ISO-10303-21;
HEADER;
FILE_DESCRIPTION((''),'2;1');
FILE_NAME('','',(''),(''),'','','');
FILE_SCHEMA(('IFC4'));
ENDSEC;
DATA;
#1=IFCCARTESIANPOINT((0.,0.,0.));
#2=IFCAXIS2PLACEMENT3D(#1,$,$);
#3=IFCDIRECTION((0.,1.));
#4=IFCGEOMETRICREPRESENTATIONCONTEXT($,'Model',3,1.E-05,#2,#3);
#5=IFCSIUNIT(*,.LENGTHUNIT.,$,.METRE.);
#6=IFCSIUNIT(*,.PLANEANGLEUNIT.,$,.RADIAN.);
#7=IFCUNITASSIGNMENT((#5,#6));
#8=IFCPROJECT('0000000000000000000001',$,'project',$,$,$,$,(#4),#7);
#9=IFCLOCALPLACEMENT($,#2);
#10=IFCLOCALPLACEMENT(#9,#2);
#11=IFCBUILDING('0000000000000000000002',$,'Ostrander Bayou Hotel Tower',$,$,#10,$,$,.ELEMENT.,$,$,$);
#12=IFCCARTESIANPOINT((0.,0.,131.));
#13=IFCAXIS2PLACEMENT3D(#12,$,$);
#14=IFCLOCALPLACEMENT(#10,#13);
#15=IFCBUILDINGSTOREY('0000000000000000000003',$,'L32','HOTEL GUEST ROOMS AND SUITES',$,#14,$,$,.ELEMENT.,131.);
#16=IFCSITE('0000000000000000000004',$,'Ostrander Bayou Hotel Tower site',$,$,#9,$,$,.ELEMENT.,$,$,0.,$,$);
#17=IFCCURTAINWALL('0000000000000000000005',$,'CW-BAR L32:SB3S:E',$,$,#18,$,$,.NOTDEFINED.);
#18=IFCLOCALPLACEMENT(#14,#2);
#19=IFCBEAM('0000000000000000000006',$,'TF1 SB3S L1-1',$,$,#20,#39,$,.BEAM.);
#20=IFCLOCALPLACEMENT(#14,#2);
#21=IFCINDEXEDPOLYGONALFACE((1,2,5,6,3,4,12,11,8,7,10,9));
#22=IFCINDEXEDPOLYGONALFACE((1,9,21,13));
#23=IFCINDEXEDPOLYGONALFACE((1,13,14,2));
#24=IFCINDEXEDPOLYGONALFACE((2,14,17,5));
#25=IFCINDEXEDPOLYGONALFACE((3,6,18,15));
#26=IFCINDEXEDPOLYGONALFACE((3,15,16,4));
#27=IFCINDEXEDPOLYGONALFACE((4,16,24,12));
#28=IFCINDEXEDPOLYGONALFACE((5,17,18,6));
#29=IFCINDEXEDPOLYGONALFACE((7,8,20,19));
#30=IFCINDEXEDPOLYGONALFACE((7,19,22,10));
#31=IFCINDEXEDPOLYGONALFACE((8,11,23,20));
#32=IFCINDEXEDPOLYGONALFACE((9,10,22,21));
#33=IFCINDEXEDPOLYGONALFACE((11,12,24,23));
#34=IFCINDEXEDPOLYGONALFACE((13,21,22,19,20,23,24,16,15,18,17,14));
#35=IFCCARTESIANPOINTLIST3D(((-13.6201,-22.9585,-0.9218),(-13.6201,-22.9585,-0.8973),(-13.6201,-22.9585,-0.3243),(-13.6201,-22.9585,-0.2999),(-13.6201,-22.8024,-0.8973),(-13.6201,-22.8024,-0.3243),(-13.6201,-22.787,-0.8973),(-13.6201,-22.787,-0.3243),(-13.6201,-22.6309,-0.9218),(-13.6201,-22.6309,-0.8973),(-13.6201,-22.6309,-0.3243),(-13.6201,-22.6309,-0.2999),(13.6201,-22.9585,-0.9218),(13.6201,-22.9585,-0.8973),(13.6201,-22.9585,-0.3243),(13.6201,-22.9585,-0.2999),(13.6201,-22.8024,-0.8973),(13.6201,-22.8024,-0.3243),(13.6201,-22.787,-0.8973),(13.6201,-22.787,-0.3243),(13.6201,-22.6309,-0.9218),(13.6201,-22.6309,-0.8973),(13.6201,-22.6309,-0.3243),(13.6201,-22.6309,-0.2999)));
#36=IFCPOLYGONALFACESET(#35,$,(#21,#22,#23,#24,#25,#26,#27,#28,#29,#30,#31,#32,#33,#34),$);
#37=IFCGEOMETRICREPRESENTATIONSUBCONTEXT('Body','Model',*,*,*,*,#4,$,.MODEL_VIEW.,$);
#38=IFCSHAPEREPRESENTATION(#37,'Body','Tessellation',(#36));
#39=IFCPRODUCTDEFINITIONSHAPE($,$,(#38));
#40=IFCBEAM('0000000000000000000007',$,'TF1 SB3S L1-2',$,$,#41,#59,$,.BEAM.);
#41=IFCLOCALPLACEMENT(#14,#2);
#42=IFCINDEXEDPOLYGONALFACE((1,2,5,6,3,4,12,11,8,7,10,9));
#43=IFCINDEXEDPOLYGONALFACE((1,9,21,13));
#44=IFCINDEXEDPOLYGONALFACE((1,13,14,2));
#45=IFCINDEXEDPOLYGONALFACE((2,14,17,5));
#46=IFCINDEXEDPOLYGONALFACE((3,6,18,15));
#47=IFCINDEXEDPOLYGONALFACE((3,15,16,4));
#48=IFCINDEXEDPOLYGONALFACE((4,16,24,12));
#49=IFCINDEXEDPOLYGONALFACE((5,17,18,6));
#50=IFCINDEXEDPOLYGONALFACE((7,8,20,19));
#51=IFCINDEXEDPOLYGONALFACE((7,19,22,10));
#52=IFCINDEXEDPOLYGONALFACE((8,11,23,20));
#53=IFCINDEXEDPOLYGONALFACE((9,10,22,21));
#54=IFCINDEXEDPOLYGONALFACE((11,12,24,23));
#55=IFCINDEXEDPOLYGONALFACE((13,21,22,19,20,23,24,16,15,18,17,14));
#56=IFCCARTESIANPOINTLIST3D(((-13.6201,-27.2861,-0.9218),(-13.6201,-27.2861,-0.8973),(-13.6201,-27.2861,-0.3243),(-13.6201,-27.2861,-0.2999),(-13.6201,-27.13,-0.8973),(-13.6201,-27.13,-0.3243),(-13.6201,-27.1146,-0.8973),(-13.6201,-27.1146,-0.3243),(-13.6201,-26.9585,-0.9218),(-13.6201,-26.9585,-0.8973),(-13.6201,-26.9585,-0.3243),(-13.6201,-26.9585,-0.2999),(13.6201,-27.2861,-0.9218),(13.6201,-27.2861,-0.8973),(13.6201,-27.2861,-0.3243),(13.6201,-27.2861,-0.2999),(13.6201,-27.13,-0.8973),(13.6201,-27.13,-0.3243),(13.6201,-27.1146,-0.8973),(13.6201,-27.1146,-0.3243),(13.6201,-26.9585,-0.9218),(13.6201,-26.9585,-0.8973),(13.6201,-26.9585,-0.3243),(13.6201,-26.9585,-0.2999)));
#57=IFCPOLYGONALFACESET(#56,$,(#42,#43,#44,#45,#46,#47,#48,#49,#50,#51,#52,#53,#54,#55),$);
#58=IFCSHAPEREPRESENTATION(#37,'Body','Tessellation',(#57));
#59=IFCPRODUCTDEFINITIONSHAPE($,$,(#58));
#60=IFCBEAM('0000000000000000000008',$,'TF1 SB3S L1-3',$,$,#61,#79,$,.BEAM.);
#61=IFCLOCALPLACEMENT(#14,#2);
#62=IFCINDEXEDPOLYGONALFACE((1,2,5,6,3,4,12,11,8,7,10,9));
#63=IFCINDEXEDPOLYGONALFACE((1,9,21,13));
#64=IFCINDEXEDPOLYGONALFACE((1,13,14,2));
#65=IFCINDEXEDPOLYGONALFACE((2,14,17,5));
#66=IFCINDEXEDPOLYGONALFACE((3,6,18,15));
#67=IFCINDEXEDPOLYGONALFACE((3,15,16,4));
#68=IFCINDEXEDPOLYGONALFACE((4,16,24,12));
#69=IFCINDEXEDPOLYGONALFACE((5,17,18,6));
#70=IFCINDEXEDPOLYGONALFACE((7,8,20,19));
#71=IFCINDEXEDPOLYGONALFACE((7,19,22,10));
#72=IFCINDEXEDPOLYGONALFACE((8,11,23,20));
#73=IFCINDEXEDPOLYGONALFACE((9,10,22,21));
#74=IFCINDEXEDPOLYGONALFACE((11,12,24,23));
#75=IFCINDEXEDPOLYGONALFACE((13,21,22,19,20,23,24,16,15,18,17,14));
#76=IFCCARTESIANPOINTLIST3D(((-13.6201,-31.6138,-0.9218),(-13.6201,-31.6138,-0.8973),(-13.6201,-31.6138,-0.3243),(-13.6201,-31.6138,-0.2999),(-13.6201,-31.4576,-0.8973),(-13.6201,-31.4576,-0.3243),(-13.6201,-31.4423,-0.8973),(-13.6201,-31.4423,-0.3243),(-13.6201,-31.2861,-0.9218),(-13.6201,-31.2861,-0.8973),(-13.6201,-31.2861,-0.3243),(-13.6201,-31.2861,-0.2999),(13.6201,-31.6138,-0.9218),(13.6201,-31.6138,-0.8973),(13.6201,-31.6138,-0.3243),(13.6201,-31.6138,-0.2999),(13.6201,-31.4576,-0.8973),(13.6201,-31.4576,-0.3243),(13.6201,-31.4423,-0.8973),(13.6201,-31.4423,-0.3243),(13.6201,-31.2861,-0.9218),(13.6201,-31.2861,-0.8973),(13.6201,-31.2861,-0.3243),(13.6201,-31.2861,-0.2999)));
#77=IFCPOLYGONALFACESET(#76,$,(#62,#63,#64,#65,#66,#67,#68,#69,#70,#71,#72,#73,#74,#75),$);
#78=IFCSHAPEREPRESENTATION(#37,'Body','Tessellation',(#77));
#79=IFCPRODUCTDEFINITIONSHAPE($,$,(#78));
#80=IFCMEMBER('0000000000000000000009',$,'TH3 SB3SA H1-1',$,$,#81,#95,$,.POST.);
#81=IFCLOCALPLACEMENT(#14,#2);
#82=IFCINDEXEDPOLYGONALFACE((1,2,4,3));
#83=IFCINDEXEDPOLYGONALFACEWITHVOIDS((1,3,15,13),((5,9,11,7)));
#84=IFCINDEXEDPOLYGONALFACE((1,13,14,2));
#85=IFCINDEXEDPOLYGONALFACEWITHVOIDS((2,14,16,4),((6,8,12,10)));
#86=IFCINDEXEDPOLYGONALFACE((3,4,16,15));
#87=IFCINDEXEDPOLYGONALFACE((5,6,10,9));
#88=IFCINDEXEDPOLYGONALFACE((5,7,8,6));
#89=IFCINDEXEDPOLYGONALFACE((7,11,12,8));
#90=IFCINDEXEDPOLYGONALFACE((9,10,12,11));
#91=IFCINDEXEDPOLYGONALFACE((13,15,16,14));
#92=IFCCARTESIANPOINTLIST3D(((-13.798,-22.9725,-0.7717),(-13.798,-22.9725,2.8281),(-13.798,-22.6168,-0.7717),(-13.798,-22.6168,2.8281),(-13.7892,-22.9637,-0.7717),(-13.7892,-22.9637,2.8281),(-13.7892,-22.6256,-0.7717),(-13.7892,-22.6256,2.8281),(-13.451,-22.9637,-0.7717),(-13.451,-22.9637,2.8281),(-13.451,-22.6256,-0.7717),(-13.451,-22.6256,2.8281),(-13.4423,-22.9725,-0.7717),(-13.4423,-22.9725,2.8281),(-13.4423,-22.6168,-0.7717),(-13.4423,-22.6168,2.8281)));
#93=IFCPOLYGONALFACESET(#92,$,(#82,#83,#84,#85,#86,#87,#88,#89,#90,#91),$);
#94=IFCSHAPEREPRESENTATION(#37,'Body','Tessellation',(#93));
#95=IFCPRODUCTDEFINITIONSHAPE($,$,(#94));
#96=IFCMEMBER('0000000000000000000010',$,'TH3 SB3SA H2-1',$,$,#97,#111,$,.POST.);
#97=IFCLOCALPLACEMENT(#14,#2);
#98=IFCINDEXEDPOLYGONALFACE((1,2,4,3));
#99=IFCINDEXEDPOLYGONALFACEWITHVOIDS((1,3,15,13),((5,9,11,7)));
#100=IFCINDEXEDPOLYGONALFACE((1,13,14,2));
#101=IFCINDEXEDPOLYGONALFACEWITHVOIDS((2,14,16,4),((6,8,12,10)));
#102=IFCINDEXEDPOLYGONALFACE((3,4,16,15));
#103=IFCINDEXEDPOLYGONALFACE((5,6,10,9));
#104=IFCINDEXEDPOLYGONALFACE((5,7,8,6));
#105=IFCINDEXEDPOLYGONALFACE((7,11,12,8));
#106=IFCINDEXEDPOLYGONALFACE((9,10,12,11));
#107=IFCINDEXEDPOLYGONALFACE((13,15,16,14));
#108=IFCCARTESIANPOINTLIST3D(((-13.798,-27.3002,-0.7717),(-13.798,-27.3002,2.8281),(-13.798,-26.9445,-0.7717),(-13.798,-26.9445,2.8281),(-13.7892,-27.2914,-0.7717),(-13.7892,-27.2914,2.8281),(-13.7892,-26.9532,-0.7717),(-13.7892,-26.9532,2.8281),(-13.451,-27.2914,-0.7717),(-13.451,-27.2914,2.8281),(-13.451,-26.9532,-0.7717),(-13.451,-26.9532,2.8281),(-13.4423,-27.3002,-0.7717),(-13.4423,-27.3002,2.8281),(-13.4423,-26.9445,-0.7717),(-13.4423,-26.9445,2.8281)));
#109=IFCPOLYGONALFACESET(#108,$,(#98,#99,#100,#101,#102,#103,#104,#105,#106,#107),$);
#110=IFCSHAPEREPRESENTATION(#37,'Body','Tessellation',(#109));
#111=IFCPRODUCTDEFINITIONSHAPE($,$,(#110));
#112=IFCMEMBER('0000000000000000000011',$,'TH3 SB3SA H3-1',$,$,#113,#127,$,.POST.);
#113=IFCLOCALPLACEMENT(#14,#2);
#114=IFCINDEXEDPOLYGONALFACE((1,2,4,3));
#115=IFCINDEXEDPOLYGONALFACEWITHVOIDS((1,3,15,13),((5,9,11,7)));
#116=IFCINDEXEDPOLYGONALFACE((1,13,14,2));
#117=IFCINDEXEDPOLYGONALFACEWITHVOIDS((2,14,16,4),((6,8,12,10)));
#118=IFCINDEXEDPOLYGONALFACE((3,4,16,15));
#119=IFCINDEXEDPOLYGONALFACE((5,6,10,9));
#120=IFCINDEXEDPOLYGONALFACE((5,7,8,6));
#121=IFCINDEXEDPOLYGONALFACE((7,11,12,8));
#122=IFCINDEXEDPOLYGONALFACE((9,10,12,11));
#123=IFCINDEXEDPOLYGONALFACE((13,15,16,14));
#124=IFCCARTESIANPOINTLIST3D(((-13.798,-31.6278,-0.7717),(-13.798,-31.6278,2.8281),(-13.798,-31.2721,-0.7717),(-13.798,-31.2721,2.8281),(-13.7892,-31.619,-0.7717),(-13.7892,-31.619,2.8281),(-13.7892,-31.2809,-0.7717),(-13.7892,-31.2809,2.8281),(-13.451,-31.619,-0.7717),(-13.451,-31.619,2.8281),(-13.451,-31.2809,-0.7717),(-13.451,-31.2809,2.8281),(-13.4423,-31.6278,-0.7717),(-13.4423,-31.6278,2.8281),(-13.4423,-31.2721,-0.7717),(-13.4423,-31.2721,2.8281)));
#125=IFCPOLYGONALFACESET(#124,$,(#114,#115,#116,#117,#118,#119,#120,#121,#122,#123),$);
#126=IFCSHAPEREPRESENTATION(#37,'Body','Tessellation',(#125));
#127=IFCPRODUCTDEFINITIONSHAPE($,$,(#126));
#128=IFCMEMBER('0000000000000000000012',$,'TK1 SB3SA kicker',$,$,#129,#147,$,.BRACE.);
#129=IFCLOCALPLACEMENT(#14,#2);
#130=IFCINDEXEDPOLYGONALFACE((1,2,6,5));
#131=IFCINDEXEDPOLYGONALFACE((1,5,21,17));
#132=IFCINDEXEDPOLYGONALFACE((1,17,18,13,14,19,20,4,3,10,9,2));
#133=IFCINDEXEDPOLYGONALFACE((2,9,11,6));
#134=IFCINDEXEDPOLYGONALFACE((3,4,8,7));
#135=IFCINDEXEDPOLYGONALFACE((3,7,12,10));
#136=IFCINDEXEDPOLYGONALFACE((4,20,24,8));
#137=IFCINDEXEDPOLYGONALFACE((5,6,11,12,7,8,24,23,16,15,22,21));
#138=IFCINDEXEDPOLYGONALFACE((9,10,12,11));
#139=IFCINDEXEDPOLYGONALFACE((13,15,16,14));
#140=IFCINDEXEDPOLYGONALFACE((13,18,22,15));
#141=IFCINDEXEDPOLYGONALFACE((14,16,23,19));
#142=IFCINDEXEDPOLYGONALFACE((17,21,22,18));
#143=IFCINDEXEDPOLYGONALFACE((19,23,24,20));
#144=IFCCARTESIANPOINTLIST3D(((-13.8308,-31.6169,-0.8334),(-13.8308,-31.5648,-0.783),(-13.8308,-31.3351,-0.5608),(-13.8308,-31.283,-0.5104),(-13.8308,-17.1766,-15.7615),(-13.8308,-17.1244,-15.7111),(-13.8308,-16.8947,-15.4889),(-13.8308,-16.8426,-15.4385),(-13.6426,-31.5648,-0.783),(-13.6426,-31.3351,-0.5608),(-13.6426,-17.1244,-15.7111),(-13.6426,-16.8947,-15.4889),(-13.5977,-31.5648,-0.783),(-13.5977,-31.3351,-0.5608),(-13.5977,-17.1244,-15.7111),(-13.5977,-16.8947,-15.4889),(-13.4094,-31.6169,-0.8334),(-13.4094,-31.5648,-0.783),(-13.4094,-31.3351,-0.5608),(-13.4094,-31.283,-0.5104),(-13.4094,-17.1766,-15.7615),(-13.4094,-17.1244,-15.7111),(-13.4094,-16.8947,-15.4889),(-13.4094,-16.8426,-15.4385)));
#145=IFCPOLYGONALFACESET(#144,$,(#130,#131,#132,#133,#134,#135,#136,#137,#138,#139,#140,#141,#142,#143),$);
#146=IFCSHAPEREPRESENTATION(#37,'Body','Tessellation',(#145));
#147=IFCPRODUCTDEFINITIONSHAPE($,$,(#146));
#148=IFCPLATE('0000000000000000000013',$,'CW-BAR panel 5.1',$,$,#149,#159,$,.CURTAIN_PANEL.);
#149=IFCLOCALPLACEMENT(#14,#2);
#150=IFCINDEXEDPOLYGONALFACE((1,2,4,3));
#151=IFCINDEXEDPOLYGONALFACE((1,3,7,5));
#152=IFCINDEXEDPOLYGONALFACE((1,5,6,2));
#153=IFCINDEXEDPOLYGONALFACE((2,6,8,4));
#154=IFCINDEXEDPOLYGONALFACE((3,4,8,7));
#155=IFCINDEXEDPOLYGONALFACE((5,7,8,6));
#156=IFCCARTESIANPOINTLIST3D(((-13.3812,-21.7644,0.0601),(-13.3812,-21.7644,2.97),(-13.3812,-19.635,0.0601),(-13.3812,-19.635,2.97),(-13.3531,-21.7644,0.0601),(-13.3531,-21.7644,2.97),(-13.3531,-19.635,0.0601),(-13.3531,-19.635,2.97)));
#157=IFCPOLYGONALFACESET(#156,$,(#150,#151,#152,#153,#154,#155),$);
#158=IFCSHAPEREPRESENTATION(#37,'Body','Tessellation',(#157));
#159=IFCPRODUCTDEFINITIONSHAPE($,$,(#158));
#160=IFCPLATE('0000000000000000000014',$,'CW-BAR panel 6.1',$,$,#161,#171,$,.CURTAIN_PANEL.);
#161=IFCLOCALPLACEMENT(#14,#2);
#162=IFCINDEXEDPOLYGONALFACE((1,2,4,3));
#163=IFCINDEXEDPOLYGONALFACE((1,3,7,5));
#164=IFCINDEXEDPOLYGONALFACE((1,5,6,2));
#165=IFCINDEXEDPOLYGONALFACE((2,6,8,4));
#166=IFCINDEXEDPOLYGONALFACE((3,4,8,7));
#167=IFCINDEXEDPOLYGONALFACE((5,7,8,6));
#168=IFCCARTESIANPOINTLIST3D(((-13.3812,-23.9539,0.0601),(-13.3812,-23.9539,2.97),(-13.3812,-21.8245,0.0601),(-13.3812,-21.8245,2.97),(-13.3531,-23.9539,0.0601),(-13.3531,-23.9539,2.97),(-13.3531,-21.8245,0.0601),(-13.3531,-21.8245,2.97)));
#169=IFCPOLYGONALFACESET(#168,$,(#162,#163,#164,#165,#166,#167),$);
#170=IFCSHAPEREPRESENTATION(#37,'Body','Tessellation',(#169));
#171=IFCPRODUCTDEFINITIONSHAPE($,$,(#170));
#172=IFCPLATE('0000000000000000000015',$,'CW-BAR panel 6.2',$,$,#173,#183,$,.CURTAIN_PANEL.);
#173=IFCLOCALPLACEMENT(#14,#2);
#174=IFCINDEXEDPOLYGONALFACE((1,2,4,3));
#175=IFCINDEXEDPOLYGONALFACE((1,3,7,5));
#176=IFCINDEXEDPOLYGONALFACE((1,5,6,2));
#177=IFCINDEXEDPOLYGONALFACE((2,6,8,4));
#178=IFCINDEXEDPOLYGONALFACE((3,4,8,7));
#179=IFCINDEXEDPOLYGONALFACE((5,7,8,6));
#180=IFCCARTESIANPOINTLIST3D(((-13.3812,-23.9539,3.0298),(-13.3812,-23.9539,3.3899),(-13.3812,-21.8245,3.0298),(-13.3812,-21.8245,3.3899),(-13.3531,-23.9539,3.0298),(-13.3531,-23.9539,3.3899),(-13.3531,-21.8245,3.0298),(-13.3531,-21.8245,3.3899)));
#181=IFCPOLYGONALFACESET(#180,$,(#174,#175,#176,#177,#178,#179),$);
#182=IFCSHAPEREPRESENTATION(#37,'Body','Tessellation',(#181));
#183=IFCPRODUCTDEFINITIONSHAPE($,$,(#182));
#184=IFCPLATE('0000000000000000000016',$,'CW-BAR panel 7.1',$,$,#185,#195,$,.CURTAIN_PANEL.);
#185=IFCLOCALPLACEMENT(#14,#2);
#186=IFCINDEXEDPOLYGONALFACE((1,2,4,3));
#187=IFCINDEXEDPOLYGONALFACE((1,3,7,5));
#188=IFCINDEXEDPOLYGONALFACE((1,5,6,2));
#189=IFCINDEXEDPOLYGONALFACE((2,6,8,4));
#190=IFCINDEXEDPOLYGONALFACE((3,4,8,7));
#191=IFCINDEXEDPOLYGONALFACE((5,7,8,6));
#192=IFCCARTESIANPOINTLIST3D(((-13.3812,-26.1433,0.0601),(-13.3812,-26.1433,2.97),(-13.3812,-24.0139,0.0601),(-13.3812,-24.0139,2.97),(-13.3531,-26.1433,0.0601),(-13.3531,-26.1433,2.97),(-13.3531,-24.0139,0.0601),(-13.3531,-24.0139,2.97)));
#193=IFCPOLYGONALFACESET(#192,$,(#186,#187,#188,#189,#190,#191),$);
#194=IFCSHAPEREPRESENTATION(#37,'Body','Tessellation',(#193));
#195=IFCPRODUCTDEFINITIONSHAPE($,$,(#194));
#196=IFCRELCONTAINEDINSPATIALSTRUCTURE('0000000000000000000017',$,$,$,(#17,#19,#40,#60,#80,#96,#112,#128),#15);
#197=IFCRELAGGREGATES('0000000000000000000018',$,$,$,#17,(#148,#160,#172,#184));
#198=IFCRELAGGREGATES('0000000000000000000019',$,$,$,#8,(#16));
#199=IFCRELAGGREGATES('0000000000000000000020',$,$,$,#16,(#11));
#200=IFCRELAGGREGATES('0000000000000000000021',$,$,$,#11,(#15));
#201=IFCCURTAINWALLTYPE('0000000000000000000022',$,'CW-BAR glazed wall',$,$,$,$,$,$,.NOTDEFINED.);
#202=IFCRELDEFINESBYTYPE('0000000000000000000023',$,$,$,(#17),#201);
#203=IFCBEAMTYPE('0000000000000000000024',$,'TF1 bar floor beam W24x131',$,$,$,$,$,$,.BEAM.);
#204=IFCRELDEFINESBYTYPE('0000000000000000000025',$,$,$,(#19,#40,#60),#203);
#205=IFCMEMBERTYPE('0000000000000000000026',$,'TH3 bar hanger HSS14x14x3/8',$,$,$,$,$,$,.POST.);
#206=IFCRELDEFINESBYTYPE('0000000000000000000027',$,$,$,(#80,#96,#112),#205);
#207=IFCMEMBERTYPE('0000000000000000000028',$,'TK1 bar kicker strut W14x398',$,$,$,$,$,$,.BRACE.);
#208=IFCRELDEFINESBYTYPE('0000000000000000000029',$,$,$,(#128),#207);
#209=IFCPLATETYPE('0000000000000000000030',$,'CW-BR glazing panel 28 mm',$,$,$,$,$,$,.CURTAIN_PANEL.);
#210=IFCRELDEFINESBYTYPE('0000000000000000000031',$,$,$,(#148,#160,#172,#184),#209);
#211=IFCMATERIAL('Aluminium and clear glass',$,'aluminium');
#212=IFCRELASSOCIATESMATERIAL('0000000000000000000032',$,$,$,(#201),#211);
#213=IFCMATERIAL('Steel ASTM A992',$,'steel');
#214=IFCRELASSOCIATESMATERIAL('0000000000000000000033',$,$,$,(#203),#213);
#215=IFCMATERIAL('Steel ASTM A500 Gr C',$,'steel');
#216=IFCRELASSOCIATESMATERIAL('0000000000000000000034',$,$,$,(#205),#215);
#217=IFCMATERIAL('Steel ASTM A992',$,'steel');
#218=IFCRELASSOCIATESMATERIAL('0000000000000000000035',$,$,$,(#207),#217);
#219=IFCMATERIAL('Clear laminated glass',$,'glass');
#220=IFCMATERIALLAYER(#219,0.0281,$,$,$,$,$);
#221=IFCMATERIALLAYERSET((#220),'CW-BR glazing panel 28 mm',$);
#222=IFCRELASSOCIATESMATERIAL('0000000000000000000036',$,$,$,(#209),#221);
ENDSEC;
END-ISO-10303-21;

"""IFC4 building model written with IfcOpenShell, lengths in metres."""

from ifc_helpers import new_model, si_unit, direction, frame, origin, origin_2d, place, context, subcontext, project, spatial, rectangle, hollow_rectangle, i_section, extrude, material, layer, layer_set, material_profile, profile_set, type_object, element, aggregate, save


model = new_model("IFC4")

# Units and contexts
model_context = context("Model", 3, precision=1e-05, world=origin(), true_north=direction((0.0, 1.0)))
body_context = subcontext(model_context, "Body", "Model", "MODEL_VIEW")
ifc_project = project(units=[si_unit("LENGTHUNIT", "METRE"), si_unit("PLANEANGLEUNIT", "RADIAN")], contexts=[model_context])

# Site, building, storey
site_placement = place(None, origin())
site = spatial("IfcSite", under=ifc_project, at=site_placement, Name="Ostrander Bayou Hotel Tower site", CompositionType="ELEMENT", RefElevation=0.0)
building_placement = place(site_placement, origin())
building = spatial("IfcBuilding", under=site, at=building_placement, Name="Ostrander Bayou Hotel Tower", CompositionType="ELEMENT")
storey_placement = place(building_placement, frame((0.0, 0.0, 131.0)))
storey = spatial("IfcBuildingStorey", under=building, at=storey_placement, Name="L32", Description="HOTEL GUEST ROOMS AND SUITES", CompositionType="ELEMENT", Elevation=131.0)

# Curtain wall
ifc_material_1 = material(Name="Aluminium and clear glass", Category="aluminium")
curtain_wall_type = type_object("IfcCurtainWallType", Name="CW-BAR glazed wall", PredefinedType="NOTDEFINED", material=ifc_material_1)
curtain_wall_1_placement = place(storey_placement, origin())
curtain_wall_1 = element("IfcCurtainWall", 1, at=curtain_wall_1_placement, inside=storey, type_object=curtain_wall_type, Name="CW-BAR L32:SB3S:E", PredefinedType="NOTDEFINED")

# Beams
ifc_material_2 = material(Name="Steel ASTM A992", Category="steel")
ifc_material_profile_1 = material_profile(ifc_material_2, i_section(OverallWidth=0.3276, OverallDepth=0.6218, WebThickness=0.0154, FlangeThickness=0.0244, at=origin_2d()))
ifc_profile_set_1 = profile_set([ifc_material_profile_1], Name="Steel ASTM A992")
beam_type = type_object("IfcBeamType", Name="TF1 bar floor beam W24x131", PredefinedType="BEAM", material=ifc_profile_set_1)
for number, where, z_axis, x_axis, name in (
    (2, (-13.6201, -22.7947, -0.6108), (1.0, 0.0, 0.0), (0.0, 1.0, 0.0), "TF1 SB3S L1-1"),
    (3, (-13.6201, -27.1223, -0.6108), (1.0, 0.0, 0.0), (0.0, 1.0, 0.0), "TF1 SB3S L1-2"),
    (4, (-13.6201, -31.45, -0.6108), (1.0, 0.0, 0.0), (0.0, 1.0, 0.0), "TF1 SB3S L1-3"),
):
    element("IfcBeam", number, at=place(storey_placement, frame(where, z_axis=z_axis, x_axis=x_axis)), inside=storey, type_object=beam_type, Name=name, PredefinedType="BEAM", context=body_context, shape_type="SweptSolid", body=[
        extrude(i_section(OverallWidth=0.3276, OverallDepth=0.6218, WebThickness=0.0154, FlangeThickness=0.0244, at=origin_2d()), origin(), (0.0, 0.0, 1.0), 27.2402),
    ])

# Members
ifc_material_3 = material(Name="Steel ASTM A500 Gr C", Category="steel")
ifc_material_profile_2 = material_profile(ifc_material_3, hollow_rectangle(XDim=0.3557, YDim=0.3557, WallThickness=0.0088, at=origin_2d()))
ifc_profile_set_2 = profile_set([ifc_material_profile_2], Name="Steel ASTM A500 Gr C")
member_type_1 = type_object("IfcMemberType", Name="TH3 bar hanger HSS14x14x3/8", PredefinedType="POST", material=ifc_profile_set_2)
for number, where, z_axis, x_axis, name in (
    (5, (-13.6201, -22.7947, -0.7717), (0.0, 0.0, 1.0), (1.0, 0.0, 0.0), "TH3 SB3SA H1-1"),
    (6, (-13.6201, -27.1223, -0.7717), (0.0, 0.0, 1.0), (1.0, 0.0, 0.0), "TH3 SB3SA H2-1"),
    (7, (-13.6201, -31.45, -0.7717), (0.0, 0.0, 1.0), (1.0, 0.0, 0.0), "TH3 SB3SA H3-1"),
):
    element("IfcMember", number, at=place(storey_placement, frame(where, z_axis=z_axis, x_axis=x_axis)), inside=storey, type_object=member_type_1, Name=name, PredefinedType="POST", context=body_context, shape_type="SweptSolid", body=[
        extrude(hollow_rectangle(XDim=0.3557, YDim=0.3557, WallThickness=0.0088, at=origin_2d()), origin(), (0.0, 0.0, 1.0), 3.5999),
    ])
ifc_material_4 = material(Name="Steel ASTM A992", Category="steel")
ifc_material_profile_3 = material_profile(ifc_material_4, i_section(OverallWidth=0.4214, OverallDepth=0.4646, WebThickness=0.0449, FlangeThickness=0.0725, at=origin_2d()))
ifc_profile_set_3 = profile_set([ifc_material_profile_3], Name="Steel ASTM A992")
member_type_2 = type_object("IfcMemberType", Name="TK1 bar kicker strut W14x398", PredefinedType="BRACE", material=ifc_profile_set_3)
member_1_placement = place(storey_placement, frame((-13.6201, -31.45, -0.6719), z_axis=(0.0, 0.695266, -0.718752), x_axis=(-1.0, 0.0, 0.0)))
element("IfcMember", 8, at=member_1_placement, inside=storey, type_object=member_type_2, Name="TK1 SB3SA kicker", PredefinedType="BRACE", context=body_context, shape_type="SweptSolid", body=[
    extrude(i_section(OverallWidth=0.4214, OverallDepth=0.4646, WebThickness=0.0449, FlangeThickness=0.0725, at=origin_2d()), origin(), (0.0, 0.0, 1.0), 20.7695),
])

# Plates
ifc_material_5 = material(Name="Clear laminated glass", Category="glass")
ifc_layer_1 = layer(ifc_material_5, 0.0281)
ifc_layer_set_1 = layer_set([ifc_layer_1], Name="CW-BR glazing panel 28 mm")
plate_type = type_object("IfcPlateType", Name="CW-BR glazing panel 28 mm", PredefinedType="CURTAIN_PANEL", material=ifc_layer_set_1)
plate_1_placement = place(storey_placement, frame((-13.3672, -20.6997, 0.0601), z_axis=(0.0, 0.0, 1.0), x_axis=(0.0, -1.0, 0.0)))
plate_1 = element("IfcPlate", 9, at=plate_1_placement, type_object=plate_type, Name="CW-BAR panel 5.1", PredefinedType="CURTAIN_PANEL", context=body_context, shape_type="SweptSolid", body=[
    extrude(rectangle(XDim=2.1294, YDim=0.0281, at=origin_2d()), origin(), (0.0, 0.0, 1.0), 2.9099),
])
plate_2_placement = place(storey_placement, frame((-13.3672, -22.8892, 0.0601), z_axis=(0.0, 0.0, 1.0), x_axis=(0.0, -1.0, 0.0)))
plate_2 = element("IfcPlate", 10, at=plate_2_placement, type_object=plate_type, Name="CW-BAR panel 6.1", PredefinedType="CURTAIN_PANEL", context=body_context, shape_type="SweptSolid", body=[
    extrude(rectangle(XDim=2.1294, YDim=0.0281, at=origin_2d()), origin(), (0.0, 0.0, 1.0), 2.9099),
])
plate_3_placement = place(storey_placement, frame((-13.3672, -22.8892, 3.0298), z_axis=(0.0, 0.0, 1.0), x_axis=(0.0, -1.0, 0.0)))
plate_3 = element("IfcPlate", 11, at=plate_3_placement, type_object=plate_type, Name="CW-BAR panel 6.2", PredefinedType="CURTAIN_PANEL", context=body_context, shape_type="SweptSolid", body=[
    extrude(rectangle(XDim=2.1294, YDim=0.0281, at=origin_2d()), origin(), (0.0, 0.0, 1.0), 0.3601),
])
plate_4_placement = place(storey_placement, frame((-13.3672, -25.0786, 0.0601), z_axis=(0.0, 0.0, 1.0), x_axis=(0.0, -1.0, 0.0)))
plate_4 = element("IfcPlate", 12, at=plate_4_placement, type_object=plate_type, Name="CW-BAR panel 7.1", PredefinedType="CURTAIN_PANEL", context=body_context, shape_type="SweptSolid", body=[
    extrude(rectangle(XDim=2.1294, YDim=0.0281, at=origin_2d()), origin(), (0.0, 0.0, 1.0), 2.9099),
])
aggregate(curtain_wall_1, [plate_1, plate_2, plate_3, plate_4])

save(model, "model.ifc")
